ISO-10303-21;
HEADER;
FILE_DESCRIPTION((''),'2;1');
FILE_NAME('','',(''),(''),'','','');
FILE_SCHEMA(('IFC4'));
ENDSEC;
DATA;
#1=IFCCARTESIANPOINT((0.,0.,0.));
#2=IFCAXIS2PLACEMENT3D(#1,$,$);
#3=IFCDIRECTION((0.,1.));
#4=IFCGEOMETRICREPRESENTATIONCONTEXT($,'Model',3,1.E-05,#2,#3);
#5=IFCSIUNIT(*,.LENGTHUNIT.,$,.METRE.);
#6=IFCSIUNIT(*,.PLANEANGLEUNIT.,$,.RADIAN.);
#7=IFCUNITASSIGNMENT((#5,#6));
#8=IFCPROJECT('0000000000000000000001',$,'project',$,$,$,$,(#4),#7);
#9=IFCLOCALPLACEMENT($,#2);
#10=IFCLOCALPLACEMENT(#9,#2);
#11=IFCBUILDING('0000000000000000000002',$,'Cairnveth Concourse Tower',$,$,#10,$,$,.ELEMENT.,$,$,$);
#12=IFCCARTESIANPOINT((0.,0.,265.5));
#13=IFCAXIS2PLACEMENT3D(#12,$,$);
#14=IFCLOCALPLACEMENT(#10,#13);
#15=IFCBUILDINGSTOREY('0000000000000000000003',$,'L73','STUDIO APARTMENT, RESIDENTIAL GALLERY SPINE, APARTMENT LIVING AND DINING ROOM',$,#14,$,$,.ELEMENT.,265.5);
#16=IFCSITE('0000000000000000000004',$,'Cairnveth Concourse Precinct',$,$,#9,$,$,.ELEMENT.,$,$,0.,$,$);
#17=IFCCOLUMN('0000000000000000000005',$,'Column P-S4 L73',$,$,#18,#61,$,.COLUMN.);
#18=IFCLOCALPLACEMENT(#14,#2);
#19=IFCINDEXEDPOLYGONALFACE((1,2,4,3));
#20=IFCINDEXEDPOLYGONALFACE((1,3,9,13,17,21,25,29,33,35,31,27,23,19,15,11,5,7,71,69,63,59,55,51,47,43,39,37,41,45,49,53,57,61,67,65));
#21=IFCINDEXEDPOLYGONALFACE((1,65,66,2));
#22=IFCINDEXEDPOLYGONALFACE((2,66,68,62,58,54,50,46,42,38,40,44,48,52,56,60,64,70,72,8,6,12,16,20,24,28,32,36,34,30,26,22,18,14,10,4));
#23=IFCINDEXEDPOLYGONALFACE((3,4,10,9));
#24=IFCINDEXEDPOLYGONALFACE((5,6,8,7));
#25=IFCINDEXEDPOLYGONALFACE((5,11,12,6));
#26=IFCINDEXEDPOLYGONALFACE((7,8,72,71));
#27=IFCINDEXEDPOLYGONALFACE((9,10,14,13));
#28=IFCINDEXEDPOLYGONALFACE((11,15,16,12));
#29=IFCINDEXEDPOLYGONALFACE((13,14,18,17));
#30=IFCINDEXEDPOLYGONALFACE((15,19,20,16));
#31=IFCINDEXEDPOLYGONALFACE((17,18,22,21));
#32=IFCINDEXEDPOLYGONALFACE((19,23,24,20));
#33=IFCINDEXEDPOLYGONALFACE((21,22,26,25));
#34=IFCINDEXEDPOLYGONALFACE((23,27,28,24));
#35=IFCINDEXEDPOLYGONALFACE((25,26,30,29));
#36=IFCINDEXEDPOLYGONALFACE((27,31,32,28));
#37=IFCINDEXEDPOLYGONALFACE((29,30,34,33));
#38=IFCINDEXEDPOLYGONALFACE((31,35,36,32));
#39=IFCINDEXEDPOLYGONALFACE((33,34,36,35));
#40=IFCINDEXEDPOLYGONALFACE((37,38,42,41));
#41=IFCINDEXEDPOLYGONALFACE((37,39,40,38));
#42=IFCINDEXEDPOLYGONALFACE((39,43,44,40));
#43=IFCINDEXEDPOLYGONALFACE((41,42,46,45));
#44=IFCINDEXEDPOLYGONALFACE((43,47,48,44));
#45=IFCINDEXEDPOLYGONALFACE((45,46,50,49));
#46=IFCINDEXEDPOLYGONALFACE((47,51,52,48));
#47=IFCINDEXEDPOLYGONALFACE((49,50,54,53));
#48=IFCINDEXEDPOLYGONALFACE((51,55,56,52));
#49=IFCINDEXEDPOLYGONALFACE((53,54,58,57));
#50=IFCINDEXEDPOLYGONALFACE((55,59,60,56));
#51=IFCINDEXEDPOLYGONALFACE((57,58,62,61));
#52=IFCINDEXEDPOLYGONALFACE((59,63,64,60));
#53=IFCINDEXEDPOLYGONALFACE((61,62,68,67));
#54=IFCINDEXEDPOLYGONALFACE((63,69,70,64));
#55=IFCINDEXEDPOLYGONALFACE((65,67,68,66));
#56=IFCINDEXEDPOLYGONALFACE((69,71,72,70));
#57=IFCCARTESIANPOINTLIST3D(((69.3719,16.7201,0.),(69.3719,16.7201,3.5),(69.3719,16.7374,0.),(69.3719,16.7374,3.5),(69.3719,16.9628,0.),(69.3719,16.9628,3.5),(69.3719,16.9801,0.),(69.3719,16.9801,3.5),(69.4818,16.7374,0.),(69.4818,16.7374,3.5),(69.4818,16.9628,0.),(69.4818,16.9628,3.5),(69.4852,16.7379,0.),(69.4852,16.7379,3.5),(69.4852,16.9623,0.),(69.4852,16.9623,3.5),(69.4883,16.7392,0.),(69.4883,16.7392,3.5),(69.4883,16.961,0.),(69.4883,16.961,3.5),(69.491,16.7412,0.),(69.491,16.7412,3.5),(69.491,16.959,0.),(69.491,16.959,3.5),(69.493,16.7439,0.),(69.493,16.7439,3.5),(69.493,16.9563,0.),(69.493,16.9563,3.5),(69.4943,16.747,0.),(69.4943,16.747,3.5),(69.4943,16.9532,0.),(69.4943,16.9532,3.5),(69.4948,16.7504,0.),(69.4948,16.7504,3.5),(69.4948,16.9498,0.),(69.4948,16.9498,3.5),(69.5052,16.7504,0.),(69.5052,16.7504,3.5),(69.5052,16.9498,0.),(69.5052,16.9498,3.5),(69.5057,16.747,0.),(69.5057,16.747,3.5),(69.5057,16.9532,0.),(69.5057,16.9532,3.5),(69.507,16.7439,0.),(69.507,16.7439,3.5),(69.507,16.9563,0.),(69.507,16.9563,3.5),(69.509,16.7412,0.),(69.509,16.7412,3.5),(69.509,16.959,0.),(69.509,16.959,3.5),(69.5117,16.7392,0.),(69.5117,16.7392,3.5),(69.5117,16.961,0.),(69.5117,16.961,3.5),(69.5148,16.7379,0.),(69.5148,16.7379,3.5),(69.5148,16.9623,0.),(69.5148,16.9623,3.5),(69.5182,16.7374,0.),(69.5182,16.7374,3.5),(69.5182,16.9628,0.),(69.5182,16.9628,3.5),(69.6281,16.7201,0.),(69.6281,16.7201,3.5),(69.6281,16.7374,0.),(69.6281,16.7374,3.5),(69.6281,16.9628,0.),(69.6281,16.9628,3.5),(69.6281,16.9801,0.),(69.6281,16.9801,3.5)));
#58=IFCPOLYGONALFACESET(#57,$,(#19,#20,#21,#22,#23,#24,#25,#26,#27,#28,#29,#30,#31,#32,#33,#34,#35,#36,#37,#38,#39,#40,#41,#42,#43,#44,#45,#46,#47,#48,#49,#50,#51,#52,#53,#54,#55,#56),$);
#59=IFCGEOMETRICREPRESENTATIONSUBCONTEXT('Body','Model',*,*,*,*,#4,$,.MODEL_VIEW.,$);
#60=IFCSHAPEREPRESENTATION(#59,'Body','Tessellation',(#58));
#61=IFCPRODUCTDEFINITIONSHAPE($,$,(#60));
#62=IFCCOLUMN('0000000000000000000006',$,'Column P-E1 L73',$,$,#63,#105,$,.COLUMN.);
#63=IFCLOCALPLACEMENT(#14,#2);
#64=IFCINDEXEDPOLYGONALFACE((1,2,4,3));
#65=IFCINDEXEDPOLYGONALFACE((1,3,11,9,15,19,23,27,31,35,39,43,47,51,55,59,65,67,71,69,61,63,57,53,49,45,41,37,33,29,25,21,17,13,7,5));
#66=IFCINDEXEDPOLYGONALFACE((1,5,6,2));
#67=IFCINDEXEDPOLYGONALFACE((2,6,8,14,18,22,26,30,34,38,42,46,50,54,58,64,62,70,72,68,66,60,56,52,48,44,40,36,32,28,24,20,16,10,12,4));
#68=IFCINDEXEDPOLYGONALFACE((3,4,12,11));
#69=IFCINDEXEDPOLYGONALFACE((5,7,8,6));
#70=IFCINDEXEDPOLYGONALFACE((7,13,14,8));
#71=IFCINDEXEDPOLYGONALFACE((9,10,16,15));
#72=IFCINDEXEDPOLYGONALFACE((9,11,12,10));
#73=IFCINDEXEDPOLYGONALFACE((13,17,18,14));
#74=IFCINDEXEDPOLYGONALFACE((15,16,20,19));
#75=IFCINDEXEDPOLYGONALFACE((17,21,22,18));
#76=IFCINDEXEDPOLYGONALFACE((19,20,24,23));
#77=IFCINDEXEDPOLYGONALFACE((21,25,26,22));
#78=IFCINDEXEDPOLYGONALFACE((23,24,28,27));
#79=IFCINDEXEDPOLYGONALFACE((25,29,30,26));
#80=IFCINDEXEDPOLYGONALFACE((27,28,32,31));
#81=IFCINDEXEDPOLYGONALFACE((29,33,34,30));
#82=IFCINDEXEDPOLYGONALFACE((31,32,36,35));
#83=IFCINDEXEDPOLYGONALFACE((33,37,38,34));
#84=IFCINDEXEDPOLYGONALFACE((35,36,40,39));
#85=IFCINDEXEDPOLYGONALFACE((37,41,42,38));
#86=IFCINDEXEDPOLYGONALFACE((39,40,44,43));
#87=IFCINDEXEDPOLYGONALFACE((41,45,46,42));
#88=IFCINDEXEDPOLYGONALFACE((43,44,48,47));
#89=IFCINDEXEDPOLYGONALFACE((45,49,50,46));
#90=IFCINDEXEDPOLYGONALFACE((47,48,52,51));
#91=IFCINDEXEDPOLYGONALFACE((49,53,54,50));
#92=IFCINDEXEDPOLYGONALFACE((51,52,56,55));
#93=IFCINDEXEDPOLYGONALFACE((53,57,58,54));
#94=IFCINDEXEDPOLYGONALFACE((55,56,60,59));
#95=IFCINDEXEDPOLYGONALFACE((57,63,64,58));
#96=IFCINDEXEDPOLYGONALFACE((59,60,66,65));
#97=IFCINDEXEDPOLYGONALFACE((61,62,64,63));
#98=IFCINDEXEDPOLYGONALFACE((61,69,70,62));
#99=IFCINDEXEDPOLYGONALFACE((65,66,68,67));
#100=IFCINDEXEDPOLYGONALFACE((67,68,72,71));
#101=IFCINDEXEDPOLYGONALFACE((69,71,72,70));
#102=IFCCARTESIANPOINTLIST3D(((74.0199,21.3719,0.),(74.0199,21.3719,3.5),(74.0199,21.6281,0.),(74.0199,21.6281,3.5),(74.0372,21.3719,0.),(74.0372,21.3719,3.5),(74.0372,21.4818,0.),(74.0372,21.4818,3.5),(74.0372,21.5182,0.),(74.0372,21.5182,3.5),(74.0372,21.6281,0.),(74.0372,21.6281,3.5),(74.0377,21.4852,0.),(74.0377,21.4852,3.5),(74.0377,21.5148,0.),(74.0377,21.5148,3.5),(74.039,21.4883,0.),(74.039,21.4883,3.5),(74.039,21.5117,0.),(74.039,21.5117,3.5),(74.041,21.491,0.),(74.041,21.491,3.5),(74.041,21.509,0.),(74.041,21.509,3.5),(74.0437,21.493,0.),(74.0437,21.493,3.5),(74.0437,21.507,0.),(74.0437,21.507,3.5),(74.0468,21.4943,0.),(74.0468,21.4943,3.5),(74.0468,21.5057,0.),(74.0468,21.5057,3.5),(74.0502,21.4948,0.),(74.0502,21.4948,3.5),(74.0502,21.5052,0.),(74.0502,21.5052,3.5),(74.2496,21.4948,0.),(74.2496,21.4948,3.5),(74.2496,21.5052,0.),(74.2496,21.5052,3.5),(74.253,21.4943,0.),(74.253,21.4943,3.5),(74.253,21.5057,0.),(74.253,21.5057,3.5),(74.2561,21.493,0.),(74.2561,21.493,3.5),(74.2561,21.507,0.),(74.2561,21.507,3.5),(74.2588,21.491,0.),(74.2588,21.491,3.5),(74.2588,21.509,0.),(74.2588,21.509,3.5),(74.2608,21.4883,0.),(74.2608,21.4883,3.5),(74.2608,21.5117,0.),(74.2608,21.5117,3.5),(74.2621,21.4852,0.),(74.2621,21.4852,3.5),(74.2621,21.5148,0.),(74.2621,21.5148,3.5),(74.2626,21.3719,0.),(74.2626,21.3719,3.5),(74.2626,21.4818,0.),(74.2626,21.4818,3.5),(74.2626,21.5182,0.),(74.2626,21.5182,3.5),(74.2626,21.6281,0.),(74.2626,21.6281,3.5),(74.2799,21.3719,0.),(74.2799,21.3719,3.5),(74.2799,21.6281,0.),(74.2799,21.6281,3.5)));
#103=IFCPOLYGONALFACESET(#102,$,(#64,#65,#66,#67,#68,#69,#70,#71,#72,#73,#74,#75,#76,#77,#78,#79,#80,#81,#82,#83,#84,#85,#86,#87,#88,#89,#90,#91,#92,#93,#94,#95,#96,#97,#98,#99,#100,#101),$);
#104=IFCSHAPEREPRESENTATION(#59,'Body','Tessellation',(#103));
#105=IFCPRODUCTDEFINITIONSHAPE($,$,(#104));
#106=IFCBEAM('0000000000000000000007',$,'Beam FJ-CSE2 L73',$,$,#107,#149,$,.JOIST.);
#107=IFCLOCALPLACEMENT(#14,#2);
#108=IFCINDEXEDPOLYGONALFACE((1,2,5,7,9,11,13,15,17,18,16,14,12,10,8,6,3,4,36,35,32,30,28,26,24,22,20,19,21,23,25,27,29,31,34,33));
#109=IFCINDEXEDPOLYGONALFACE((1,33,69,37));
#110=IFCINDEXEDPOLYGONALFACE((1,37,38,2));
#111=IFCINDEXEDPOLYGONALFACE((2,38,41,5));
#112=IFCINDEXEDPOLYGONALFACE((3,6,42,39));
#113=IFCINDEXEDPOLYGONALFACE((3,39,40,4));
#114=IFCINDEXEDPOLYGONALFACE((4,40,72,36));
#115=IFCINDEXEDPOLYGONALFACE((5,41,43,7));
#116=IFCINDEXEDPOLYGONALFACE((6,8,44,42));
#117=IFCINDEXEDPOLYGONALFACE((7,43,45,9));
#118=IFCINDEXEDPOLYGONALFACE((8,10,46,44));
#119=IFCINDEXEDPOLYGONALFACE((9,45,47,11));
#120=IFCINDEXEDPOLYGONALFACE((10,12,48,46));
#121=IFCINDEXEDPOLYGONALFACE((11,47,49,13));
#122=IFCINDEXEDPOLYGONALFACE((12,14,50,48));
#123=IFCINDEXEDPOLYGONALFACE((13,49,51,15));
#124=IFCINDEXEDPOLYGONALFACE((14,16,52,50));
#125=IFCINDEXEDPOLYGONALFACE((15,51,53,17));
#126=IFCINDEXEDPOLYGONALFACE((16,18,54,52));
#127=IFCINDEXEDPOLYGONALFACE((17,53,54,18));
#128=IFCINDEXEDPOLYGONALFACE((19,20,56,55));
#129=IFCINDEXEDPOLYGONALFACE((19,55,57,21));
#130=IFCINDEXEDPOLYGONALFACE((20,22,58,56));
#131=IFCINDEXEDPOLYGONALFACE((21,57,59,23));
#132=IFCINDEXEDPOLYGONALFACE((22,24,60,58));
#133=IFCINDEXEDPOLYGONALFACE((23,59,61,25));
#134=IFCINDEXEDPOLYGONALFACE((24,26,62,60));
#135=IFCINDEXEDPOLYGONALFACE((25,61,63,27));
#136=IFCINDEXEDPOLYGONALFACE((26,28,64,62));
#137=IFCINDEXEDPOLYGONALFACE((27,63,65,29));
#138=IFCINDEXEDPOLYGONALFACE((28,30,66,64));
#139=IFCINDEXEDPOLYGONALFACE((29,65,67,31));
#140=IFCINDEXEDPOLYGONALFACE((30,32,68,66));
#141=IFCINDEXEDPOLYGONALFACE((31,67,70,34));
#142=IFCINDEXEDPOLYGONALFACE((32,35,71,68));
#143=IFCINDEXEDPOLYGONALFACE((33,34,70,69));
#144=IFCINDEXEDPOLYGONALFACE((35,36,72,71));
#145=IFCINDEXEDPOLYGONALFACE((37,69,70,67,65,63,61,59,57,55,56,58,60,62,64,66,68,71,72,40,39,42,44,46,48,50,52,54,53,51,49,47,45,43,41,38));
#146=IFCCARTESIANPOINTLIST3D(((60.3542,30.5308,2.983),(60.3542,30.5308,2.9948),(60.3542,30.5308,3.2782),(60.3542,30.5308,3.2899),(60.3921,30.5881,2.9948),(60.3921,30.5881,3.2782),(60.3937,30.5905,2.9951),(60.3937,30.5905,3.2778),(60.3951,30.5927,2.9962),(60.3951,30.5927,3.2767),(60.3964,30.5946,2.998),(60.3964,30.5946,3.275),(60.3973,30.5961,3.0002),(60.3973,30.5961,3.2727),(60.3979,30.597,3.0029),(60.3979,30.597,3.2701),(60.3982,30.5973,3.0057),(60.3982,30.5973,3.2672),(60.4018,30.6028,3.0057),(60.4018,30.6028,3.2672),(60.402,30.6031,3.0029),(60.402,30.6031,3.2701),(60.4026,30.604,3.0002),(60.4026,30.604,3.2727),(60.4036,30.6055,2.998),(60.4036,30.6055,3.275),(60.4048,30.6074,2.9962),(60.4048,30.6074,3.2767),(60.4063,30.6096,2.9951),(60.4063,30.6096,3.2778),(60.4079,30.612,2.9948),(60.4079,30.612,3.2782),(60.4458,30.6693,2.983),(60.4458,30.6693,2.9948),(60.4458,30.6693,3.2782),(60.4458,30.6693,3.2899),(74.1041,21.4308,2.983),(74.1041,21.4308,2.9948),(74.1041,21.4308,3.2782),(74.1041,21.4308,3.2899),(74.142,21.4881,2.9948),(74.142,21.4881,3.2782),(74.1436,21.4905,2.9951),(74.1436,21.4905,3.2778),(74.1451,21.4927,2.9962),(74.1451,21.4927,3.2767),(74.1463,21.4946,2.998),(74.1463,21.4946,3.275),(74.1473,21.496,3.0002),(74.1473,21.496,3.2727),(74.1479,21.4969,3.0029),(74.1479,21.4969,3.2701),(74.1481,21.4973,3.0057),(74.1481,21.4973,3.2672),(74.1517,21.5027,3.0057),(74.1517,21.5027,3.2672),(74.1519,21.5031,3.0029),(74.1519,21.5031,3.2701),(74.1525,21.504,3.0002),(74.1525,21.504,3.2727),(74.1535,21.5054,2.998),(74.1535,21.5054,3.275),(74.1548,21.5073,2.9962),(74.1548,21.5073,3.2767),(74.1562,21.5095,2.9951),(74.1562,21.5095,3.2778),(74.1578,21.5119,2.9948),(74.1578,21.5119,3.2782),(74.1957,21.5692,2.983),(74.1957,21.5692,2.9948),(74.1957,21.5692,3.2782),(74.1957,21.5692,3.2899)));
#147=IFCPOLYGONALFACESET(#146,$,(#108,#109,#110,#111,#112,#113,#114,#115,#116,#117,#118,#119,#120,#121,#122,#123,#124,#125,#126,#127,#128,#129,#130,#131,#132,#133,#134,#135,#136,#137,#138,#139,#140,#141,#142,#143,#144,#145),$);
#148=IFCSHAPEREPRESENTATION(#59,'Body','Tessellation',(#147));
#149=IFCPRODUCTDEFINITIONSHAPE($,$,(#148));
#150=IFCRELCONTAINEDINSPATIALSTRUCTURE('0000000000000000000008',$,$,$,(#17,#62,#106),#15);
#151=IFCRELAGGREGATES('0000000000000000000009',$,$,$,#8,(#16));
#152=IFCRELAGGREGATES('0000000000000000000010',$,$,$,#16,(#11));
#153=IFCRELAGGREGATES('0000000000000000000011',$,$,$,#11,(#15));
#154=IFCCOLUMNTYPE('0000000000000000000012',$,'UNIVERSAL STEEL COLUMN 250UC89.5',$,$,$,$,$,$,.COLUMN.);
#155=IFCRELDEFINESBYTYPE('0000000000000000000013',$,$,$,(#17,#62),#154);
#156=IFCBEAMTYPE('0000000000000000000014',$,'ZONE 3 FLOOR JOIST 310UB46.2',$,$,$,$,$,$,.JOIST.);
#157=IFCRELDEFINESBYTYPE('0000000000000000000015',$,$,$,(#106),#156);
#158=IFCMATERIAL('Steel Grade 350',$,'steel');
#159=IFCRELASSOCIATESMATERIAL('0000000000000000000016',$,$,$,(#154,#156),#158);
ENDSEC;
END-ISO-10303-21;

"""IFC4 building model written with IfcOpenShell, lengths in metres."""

from ifc_helpers import new_model, si_unit, direction, frame, origin, origin_2d, place, context, subcontext, project, spatial, i_section, extrude, material, material_profile, profile_set, type_object, element, save


model = new_model("IFC4")

# Units and contexts
model_context = context("Model", 3, precision=1e-05, world=origin(), true_north=direction((0.0, 1.0)))
body_context = subcontext(model_context, "Body", "Model", "MODEL_VIEW")
ifc_project = project(units=[si_unit("LENGTHUNIT", "METRE"), si_unit("PLANEANGLEUNIT", "RADIAN")], contexts=[model_context])

# Site, building, storey
site_placement = place(None, origin())
site = spatial("IfcSite", under=ifc_project, at=site_placement, Name="Cairnveth Concourse Precinct", CompositionType="ELEMENT", RefElevation=0.0)
building_placement = place(site_placement, origin())
building = spatial("IfcBuilding", under=site, at=building_placement, Name="Cairnveth Concourse Tower", CompositionType="ELEMENT")
storey_placement = place(building_placement, frame((0.0, 0.0, 265.5)))
storey = spatial("IfcBuildingStorey", under=building, at=storey_placement, Name="L73", Description="STUDIO APARTMENT, RESIDENTIAL GALLERY SPINE, APARTMENT LIVING AND DINING ROOM", CompositionType="ELEMENT", Elevation=265.5)

# Columns
ifc_material_1 = material(Name="Steel Grade 350", Category="steel")
ifc_material_profile_1 = material_profile(ifc_material_1, i_section(OverallWidth=0.2561, OverallDepth=0.26, WebThickness=0.0105, FlangeThickness=0.0173, FilletRadius=0.0129, at=origin_2d()), Name="250UC89.5")
ifc_profile_set_1 = profile_set([ifc_material_profile_1], Name="Steel Grade 350")
column_type = type_object("IfcColumnType", Name="UNIVERSAL STEEL COLUMN 250UC89.5", PredefinedType="COLUMN", material=ifc_profile_set_1)
for number, where, z_axis, x_axis, name in (
    (1, (69.5, 16.8501, 0.0), (0.0, 0.0, 1.0), (1.0, 0.0, 0.0), "Column P-S4 L73"),
    (2, (74.1499, 21.5, 0.0), (0.0, 0.0, 1.0), (0.0, 1.0, 0.0), "Column P-E1 L73"),
):
    element("IfcColumn", number, at=place(storey_placement, frame(where, z_axis=z_axis, x_axis=x_axis)), inside=storey, type_object=column_type, Name=name, PredefinedType="COLUMN", context=body_context, shape_type="SweptSolid", body=[
        extrude(i_section(OverallWidth=0.2561, OverallDepth=0.26, WebThickness=0.0105, FlangeThickness=0.0173, FilletRadius=0.0129, at=origin_2d()), origin(), (0.0, 0.0, 1.0), 3.5),
    ])

# Beam
ifc_material_profile_2 = material_profile(ifc_material_1, i_section(OverallWidth=0.166, OverallDepth=0.3069, WebThickness=0.0066, FlangeThickness=0.0117, FilletRadius=0.011, at=origin_2d()), Name="310UB46.2")
ifc_profile_set_2 = profile_set([ifc_material_profile_2], Name="Steel Grade 350")
beam_type_1 = type_object("IfcBeamType", Name="ZONE 3 FLOOR JOIST 310UB46.2", PredefinedType="JOIST", material=ifc_profile_set_2)
beam_1_placement = place(storey_placement, frame((74.1499, 21.5, 3.1365), z_axis=(-0.833909, 0.551902, 0.0), x_axis=(-0.551902, -0.833909, 0.0)))
element("IfcBeam", 3, at=beam_1_placement, inside=storey, type_object=beam_type_1, Name="Beam FJ-CSE2 L73", PredefinedType="JOIST", context=body_context, shape_type="SweptSolid", body=[
    extrude(i_section(OverallWidth=0.166, OverallDepth=0.3069, WebThickness=0.0066, FlangeThickness=0.0117, FilletRadius=0.011, at=origin_2d()), origin(), (0.0, 0.0, 1.0), 16.4885),
])

save(model, "model.ifc")
